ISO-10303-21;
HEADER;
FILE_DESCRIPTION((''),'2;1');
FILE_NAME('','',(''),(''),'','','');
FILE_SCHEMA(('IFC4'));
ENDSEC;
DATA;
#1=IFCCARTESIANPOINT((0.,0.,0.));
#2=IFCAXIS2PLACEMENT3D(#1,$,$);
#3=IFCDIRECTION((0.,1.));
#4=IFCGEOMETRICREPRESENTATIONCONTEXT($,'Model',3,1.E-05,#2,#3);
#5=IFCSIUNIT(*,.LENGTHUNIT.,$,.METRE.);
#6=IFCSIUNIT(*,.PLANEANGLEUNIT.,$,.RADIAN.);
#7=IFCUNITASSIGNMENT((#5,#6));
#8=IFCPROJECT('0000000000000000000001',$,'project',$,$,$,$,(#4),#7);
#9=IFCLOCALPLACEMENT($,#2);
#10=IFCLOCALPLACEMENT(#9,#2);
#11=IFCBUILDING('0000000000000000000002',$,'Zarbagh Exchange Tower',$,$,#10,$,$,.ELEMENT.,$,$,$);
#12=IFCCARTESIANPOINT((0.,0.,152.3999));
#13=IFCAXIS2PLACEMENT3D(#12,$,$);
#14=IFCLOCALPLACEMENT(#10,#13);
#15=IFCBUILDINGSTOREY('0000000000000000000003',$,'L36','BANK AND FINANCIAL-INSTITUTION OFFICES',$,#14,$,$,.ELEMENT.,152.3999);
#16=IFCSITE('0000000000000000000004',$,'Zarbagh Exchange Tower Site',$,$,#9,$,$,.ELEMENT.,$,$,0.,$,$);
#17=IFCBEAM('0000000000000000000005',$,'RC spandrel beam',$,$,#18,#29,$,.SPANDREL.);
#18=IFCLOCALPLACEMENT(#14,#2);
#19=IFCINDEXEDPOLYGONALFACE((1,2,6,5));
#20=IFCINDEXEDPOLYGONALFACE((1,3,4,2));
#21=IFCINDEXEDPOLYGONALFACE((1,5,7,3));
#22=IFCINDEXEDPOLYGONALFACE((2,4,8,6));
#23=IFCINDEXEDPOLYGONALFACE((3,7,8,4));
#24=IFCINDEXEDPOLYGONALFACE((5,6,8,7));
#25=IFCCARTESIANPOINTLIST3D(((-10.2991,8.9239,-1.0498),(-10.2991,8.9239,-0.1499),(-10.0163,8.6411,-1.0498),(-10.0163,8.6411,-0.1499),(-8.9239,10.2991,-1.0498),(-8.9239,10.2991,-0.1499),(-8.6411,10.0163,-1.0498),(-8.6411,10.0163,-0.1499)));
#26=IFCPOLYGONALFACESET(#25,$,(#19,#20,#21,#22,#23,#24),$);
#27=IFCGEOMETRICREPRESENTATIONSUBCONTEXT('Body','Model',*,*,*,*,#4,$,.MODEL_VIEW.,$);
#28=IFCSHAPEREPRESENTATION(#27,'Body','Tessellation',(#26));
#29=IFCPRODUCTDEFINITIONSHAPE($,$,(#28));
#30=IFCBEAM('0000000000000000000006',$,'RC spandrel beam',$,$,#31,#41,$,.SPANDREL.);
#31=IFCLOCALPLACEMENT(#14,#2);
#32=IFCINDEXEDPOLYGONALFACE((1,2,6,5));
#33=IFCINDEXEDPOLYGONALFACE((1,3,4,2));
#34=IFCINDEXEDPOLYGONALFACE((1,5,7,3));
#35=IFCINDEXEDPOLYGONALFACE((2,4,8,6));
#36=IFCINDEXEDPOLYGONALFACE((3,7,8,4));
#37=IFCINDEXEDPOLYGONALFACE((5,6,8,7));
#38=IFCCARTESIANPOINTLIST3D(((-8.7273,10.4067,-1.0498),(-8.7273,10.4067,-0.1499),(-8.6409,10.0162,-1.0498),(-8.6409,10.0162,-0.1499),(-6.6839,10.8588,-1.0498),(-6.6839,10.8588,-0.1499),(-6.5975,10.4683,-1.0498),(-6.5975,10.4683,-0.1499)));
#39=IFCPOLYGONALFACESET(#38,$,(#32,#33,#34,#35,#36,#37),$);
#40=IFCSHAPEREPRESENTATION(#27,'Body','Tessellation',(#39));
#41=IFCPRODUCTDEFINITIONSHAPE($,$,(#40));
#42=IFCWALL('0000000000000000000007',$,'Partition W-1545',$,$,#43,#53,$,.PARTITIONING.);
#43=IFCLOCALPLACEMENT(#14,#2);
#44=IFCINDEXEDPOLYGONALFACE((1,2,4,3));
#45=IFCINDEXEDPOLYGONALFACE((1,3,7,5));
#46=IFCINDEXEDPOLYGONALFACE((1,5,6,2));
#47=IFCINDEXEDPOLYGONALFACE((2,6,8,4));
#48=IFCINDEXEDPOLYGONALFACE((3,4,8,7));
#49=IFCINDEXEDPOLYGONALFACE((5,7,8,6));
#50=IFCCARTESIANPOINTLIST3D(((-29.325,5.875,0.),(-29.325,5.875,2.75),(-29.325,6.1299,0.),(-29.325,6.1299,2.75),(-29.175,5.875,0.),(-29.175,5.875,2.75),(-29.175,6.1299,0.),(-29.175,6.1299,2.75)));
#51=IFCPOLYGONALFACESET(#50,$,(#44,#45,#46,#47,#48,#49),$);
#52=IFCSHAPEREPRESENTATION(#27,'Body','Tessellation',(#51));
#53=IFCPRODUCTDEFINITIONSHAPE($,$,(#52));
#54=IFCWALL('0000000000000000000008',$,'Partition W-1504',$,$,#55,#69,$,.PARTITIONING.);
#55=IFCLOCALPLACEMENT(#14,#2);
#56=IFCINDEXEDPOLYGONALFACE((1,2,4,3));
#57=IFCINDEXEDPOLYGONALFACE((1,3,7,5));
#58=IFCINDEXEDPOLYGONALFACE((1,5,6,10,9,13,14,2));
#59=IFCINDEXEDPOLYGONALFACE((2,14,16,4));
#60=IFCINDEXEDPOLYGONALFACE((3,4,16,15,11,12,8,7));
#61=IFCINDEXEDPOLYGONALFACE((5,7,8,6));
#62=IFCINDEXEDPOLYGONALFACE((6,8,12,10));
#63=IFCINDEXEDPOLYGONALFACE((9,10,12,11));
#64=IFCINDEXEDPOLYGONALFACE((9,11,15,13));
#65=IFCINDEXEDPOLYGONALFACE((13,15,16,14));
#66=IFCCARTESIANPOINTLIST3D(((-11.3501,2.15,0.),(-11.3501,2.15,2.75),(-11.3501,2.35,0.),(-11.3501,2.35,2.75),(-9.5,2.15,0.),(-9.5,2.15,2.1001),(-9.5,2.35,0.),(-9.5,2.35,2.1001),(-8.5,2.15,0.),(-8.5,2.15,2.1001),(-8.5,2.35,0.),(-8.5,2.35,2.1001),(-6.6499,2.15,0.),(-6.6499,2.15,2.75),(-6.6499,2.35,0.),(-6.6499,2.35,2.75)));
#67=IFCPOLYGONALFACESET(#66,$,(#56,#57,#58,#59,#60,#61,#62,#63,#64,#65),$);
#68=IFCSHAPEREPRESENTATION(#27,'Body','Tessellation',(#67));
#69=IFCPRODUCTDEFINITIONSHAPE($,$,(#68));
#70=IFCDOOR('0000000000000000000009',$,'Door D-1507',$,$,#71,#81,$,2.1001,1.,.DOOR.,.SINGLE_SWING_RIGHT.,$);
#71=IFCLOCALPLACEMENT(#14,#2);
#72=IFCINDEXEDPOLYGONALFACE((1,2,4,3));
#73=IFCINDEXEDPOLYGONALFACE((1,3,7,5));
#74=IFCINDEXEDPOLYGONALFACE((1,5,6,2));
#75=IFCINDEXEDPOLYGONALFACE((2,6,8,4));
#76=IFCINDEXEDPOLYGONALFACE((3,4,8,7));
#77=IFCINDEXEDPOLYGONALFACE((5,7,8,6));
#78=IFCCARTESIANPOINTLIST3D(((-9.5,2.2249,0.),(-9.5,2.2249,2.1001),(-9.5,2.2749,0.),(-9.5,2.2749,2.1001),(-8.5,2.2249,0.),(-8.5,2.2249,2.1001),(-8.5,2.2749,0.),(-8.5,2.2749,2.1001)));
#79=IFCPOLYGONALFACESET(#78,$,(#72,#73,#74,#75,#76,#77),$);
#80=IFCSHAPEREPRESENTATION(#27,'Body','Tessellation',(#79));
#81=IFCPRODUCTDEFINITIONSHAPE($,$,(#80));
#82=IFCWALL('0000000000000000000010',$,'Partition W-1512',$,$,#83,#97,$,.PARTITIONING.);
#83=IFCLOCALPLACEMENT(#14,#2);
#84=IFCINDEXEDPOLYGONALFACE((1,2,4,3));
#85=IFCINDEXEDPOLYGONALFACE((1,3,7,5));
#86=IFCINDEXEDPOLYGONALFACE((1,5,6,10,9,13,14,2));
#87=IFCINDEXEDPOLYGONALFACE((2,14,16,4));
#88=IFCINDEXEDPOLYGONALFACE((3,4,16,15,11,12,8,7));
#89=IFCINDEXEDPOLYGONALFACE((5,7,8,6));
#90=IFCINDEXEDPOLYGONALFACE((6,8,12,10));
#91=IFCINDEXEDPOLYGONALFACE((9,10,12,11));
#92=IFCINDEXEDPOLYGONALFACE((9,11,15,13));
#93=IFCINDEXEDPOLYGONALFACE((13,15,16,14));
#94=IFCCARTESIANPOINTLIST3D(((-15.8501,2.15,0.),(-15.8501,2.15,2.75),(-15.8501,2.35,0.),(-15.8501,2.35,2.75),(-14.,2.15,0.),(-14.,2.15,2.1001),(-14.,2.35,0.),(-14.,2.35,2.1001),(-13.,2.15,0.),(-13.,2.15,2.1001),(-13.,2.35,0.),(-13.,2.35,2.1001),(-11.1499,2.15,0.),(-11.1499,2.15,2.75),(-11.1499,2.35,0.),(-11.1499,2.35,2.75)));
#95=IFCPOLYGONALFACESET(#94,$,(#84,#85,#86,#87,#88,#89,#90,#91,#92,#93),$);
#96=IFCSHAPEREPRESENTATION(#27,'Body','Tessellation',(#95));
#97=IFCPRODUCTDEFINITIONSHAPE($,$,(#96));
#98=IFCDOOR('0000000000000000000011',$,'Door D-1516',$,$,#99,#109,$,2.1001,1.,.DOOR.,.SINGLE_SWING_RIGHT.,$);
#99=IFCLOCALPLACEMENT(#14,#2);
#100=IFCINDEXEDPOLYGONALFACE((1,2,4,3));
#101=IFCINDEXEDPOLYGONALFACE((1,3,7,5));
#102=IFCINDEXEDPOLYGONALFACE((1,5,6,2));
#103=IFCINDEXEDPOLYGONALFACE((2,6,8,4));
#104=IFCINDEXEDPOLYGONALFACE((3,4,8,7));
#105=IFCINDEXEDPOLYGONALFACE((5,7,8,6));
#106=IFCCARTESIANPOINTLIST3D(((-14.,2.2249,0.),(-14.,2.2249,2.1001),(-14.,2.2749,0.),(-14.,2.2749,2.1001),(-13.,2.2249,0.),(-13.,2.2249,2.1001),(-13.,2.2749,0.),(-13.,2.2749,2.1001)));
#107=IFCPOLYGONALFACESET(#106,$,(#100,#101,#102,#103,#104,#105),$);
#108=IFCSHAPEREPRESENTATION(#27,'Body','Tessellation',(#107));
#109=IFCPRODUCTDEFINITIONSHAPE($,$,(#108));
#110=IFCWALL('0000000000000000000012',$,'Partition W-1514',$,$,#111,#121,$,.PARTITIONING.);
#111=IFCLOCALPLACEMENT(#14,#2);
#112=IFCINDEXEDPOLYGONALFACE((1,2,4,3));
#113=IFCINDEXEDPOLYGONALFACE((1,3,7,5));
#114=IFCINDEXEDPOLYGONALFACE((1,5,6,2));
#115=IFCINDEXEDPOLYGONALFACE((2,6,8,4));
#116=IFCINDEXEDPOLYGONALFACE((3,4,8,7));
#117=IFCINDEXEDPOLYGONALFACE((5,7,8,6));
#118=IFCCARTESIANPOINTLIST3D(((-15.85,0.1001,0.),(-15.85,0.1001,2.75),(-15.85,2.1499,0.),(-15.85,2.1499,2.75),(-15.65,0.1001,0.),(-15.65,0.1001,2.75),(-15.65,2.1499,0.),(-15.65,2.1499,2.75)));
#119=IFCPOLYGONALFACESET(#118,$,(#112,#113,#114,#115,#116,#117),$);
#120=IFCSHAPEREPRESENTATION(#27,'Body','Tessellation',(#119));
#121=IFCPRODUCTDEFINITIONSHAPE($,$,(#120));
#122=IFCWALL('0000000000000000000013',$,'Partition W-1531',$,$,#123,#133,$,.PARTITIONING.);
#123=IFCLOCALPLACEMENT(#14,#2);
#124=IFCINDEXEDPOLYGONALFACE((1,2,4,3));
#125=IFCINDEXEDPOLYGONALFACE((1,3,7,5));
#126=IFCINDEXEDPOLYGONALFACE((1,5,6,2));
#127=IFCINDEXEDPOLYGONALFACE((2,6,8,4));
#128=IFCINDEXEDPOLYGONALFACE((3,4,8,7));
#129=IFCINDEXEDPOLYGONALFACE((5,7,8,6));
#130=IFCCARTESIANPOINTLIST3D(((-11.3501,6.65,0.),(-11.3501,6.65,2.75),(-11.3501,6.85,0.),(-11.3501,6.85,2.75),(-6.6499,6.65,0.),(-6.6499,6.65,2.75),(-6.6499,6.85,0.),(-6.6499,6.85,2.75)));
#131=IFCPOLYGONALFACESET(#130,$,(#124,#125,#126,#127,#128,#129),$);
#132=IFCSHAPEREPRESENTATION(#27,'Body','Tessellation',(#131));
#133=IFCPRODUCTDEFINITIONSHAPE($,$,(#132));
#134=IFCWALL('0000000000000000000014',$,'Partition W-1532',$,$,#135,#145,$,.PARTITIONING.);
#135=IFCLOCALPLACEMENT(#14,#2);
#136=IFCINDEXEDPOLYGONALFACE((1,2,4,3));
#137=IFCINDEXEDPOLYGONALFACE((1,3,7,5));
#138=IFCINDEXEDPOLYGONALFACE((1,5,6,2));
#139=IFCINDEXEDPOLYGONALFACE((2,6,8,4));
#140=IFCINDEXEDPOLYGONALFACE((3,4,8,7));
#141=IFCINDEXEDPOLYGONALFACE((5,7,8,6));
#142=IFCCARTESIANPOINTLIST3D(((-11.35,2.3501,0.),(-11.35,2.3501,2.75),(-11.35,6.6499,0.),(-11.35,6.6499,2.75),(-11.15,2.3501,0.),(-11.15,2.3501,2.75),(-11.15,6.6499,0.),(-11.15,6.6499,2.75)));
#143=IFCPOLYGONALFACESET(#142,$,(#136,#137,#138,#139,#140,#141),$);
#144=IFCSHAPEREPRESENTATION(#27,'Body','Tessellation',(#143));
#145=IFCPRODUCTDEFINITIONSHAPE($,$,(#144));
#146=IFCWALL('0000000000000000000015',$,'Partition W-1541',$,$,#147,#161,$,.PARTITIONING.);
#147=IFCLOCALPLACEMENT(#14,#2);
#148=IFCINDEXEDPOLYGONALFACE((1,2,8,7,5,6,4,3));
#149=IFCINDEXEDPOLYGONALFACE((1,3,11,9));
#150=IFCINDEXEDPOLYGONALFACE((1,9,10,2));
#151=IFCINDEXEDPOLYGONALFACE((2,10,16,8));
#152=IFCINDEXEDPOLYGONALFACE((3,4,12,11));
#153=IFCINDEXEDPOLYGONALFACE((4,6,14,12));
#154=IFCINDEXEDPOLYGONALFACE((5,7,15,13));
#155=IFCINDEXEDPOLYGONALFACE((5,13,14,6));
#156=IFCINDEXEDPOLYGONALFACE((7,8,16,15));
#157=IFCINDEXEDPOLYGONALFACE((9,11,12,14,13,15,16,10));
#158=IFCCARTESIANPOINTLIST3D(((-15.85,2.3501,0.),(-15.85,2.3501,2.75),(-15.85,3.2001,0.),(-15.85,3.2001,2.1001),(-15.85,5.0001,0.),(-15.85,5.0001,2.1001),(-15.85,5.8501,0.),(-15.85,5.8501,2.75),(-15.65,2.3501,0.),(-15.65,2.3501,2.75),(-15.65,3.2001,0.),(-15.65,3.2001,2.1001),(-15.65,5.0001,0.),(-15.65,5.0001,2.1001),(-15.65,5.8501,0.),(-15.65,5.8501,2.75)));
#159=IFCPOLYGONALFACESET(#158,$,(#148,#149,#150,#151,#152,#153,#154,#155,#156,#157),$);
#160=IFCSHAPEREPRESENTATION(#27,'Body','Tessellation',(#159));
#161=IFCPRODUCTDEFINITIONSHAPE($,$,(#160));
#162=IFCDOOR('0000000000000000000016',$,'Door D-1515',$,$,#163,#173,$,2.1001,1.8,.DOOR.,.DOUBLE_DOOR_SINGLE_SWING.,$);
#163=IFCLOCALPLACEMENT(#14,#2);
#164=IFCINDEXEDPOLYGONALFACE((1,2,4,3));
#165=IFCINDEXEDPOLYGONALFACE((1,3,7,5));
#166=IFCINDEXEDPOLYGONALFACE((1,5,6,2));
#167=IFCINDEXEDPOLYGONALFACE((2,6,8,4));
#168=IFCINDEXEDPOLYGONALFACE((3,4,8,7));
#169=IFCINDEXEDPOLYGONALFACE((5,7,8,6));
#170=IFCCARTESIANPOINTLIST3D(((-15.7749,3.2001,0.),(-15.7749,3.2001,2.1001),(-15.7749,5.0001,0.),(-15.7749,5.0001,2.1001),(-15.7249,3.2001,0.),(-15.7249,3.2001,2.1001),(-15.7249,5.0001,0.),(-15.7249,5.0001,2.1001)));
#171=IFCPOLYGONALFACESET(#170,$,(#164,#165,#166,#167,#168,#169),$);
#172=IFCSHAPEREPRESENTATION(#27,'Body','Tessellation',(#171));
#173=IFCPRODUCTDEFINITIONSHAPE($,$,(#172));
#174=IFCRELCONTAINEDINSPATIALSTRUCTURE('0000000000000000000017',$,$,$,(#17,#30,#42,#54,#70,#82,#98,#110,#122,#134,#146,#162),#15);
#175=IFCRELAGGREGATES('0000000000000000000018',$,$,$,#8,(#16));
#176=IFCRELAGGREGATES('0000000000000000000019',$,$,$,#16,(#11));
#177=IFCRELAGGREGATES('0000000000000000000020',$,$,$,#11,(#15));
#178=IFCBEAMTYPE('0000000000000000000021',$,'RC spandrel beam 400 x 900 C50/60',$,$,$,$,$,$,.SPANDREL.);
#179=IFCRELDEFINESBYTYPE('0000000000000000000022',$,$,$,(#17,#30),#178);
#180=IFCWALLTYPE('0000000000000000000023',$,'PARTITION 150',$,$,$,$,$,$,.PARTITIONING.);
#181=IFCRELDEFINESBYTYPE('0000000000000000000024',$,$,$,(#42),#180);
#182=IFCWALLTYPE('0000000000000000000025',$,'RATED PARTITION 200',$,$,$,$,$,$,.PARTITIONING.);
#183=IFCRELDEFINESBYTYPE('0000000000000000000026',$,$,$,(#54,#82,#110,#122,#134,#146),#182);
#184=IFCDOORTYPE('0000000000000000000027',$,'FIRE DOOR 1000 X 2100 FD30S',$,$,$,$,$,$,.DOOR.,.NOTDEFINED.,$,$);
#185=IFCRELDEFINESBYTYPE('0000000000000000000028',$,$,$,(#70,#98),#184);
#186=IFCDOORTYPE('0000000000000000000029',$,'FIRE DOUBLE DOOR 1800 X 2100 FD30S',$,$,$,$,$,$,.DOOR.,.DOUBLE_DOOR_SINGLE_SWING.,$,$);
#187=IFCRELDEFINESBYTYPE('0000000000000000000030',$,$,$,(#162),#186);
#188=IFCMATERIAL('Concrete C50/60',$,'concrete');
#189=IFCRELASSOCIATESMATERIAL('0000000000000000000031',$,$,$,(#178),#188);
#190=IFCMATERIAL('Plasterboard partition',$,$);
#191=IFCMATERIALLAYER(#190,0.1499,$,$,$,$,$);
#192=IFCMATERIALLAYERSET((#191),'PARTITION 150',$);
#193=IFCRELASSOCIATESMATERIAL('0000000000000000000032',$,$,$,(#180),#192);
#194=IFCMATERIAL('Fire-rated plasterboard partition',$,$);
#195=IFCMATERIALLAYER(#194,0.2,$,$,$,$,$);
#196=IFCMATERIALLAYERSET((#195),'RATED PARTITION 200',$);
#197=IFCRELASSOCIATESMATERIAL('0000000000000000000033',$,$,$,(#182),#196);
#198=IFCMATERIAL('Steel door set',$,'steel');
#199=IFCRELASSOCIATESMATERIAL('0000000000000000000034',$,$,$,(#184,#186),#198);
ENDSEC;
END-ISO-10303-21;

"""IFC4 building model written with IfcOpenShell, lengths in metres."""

from ifc_helpers import new_model, si_unit, direction, frame, frame_2d, origin, origin_2d, place, context, subcontext, project, spatial, rectangle, extrude, material, layer, layer_set, material_profile, profile_set, type_object, element, fill, save


model = new_model("IFC4")

# Units and contexts
model_context = context("Model", 3, precision=1e-05, world=origin(), true_north=direction((0.0, 1.0)))
body_context = subcontext(model_context, "Body", "Model", "MODEL_VIEW")
ifc_project = project(units=[si_unit("LENGTHUNIT", "METRE"), si_unit("PLANEANGLEUNIT", "RADIAN")], contexts=[model_context])

# Site, building, storey
site_placement = place(None, origin())
site = spatial("IfcSite", under=ifc_project, at=site_placement, Name="Zarbagh Exchange Tower Site", CompositionType="ELEMENT", RefElevation=0.0)
building_placement = place(site_placement, origin())
building = spatial("IfcBuilding", under=site, at=building_placement, Name="Zarbagh Exchange Tower", CompositionType="ELEMENT")
storey_placement = place(building_placement, frame((0.0, 0.0, 152.3999)))
storey = spatial("IfcBuildingStorey", under=building, at=storey_placement, Name="L36", Description="BANK AND FINANCIAL-INSTITUTION OFFICES", CompositionType="ELEMENT", Elevation=152.3999)

# Shared definitions
ifc_material_1 = material(Name="Concrete C50/60", Category="concrete")

# Beams
ifc_material_profile_1 = material_profile(ifc_material_1, rectangle(XDim=0.3999, YDim=0.8999, at=origin_2d()), Name="RC spandrel beam 400 x 900 C50/60")
ifc_profile_set_1 = profile_set([ifc_material_profile_1], Name="Concrete C50/60")
beam_type_1 = type_object("IfcBeamType", Name="RC spandrel beam 400 x 900 C50/60", PredefinedType="SPANDREL", material=ifc_profile_set_1)
beam_1_placement = place(storey_placement, frame((-10.1577, 8.7825, -0.5999), z_axis=(0.707107, 0.707107, 0.0), x_axis=(-0.707107, 0.707107, 0.0)))
element("IfcBeam", 1, at=beam_1_placement, inside=storey, type_object=beam_type_1, Name="RC spandrel beam", PredefinedType="SPANDREL", context=body_context, shape_type="SweptSolid", body=[
    extrude(rectangle(XDim=0.3999, YDim=0.8999, at=origin_2d()), origin(), (0.0, 0.0, 1.0), 1.9448),
])
beam_2_placement = place(storey_placement, frame((-8.6841, 10.2114, -0.5999), z_axis=(0.976384, 0.216041, 0.0), x_axis=(-0.216041, 0.976384, 0.0)))
element("IfcBeam", 2, at=beam_2_placement, inside=storey, type_object=beam_type_1, Name="RC spandrel beam", PredefinedType="SPANDREL", context=body_context, shape_type="SweptSolid", body=[
    extrude(rectangle(XDim=0.3999, YDim=0.8999, at=origin_2d()), origin(), (0.0, 0.0, 1.0), 2.0928),
])

# Wall
ifc_material_2 = material(Name="Plasterboard partition")
ifc_layer_1 = layer(ifc_material_2, 0.1499)
ifc_layer_set_1 = layer_set([ifc_layer_1], Name="PARTITION 150")
wall_type_1 = type_object("IfcWallType", Name="PARTITION 150", PredefinedType="PARTITIONING", material=ifc_layer_set_1)
wall_1_placement = place(storey_placement, frame((-29.25, 5.875, 0.0), z_axis=(0.0, 0.0, 1.0), x_axis=(0.0, 1.0, 0.0)))
element("IfcWall", 3, at=wall_1_placement, inside=storey, type_object=wall_type_1, Name="Partition W-1545", PredefinedType="PARTITIONING", context=body_context, shape_type="SweptSolid", body=[
    extrude(rectangle(XDim=0.2549, YDim=0.1499, at=frame_2d((0.1274, 0.0))), origin(), (0.0, 0.0, 1.0), 2.75),
])

# Walls, openings, doors
ifc_material_3 = material(Name="Fire-rated plasterboard partition")
ifc_layer_2 = layer(ifc_material_3, 0.2)
ifc_layer_set_2 = layer_set([ifc_layer_2], Name="RATED PARTITION 200")
wall_type_2 = type_object("IfcWallType", Name="RATED PARTITION 200", PredefinedType="PARTITIONING", material=ifc_layer_set_2)
wall_2_placement = place(storey_placement, frame((-11.3501, 2.25, 0.0), z_axis=(0.0, 0.0, 1.0), x_axis=(1.0, 0.0, 0.0)))
wall_2 = element("IfcWall", 4, at=wall_2_placement, inside=storey, type_object=wall_type_2, Name="Partition W-1504", PredefinedType="PARTITIONING", context=body_context, shape_type="SweptSolid", body=[
    extrude(rectangle(XDim=4.7002, YDim=0.2, at=frame_2d((2.3501, 0.0))), origin(), (0.0, 0.0, 1.0), 2.75),
])
opening_1_placement = place(wall_2_placement, frame((1.8501, 0.0, 0.0)))
opening_1 = element("IfcOpeningElement", 5, at=opening_1_placement, cuts=wall_2, PredefinedType="OPENING", context=body_context, shape_type="SweptSolid", body=[
    extrude(rectangle(XDim=1.0, YDim=2.1001, at=frame_2d((0.5, 1.05))), frame((0.0, 0.1099, 0.0), z_axis=(0.0, -1.0, 0.0), x_axis=(1.0, 0.0, 0.0)), (0.0, 0.0, 1.0), 0.22),
])
ifc_material_4 = material(Name="Steel door set", Category="steel")
door_type_1 = type_object("IfcDoorType", Name="FIRE DOOR 1000 X 2100 FD30S", OperationType="NOTDEFINED", PredefinedType="DOOR", material=ifc_material_4)
door_1_placement = place(opening_1_placement, origin())
door_1 = element("IfcDoor", 6, at=door_1_placement, inside=storey, type_object=door_type_1, Name="Door D-1507", OperationType="SINGLE_SWING_RIGHT", OverallHeight=2.1001, OverallWidth=1.0, PredefinedType="DOOR", context=body_context, shape_type="SweptSolid", body=[
    extrude(rectangle(XDim=1.0, YDim=2.1001, at=frame_2d((0.5, 1.05))), frame((0.0, 0.0249, 0.0), z_axis=(0.0, -1.0, 0.0), x_axis=(1.0, 0.0, 0.0)), (0.0, 0.0, 1.0), 0.05),
])
fill(opening_1, door_1)
wall_3_placement = place(storey_placement, frame((-15.8501, 2.25, 0.0), z_axis=(0.0, 0.0, 1.0), x_axis=(1.0, 0.0, 0.0)))
wall_3 = element("IfcWall", 7, at=wall_3_placement, inside=storey, type_object=wall_type_2, Name="Partition W-1512", PredefinedType="PARTITIONING", context=body_context, shape_type="SweptSolid", body=[
    extrude(rectangle(XDim=4.7002, YDim=0.2, at=frame_2d((2.3501, 0.0))), origin(), (0.0, 0.0, 1.0), 2.75),
])
opening_2_placement = place(wall_3_placement, frame((1.8501, 0.0, 0.0)))
opening_2 = element("IfcOpeningElement", 8, at=opening_2_placement, cuts=wall_3, PredefinedType="OPENING", context=body_context, shape_type="SweptSolid", body=[
    extrude(rectangle(XDim=1.0, YDim=2.1001, at=frame_2d((0.5, 1.05))), frame((0.0, 0.1099, 0.0), z_axis=(0.0, -1.0, 0.0), x_axis=(1.0, 0.0, 0.0)), (0.0, 0.0, 1.0), 0.22),
])
door_2_placement = place(opening_2_placement, origin())
door_2 = element("IfcDoor", 9, at=door_2_placement, inside=storey, type_object=door_type_1, Name="Door D-1516", OperationType="SINGLE_SWING_RIGHT", OverallHeight=2.1001, OverallWidth=1.0, PredefinedType="DOOR", context=body_context, shape_type="SweptSolid", body=[
    extrude(rectangle(XDim=1.0, YDim=2.1001, at=frame_2d((0.5, 1.05))), frame((0.0, 0.0249, 0.0), z_axis=(0.0, -1.0, 0.0), x_axis=(1.0, 0.0, 0.0)), (0.0, 0.0, 1.0), 0.05),
])
fill(opening_2, door_2)

# Walls
wall_4_placement = place(storey_placement, frame((-15.75, 0.1001, 0.0), z_axis=(0.0, 0.0, 1.0), x_axis=(0.0, 1.0, 0.0)))
element("IfcWall", 10, at=wall_4_placement, inside=storey, type_object=wall_type_2, Name="Partition W-1514", PredefinedType="PARTITIONING", context=body_context, shape_type="SweptSolid", body=[
    extrude(rectangle(XDim=2.0498, YDim=0.2, at=frame_2d((1.0249, 0.0))), origin(), (0.0, 0.0, 1.0), 2.75),
])
wall_5_placement = place(storey_placement, frame((-11.3501, 6.75, 0.0), z_axis=(0.0, 0.0, 1.0), x_axis=(1.0, 0.0, 0.0)))
element("IfcWall", 11, at=wall_5_placement, inside=storey, type_object=wall_type_2, Name="Partition W-1531", PredefinedType="PARTITIONING", context=body_context, shape_type="SweptSolid", body=[
    extrude(rectangle(XDim=4.7002, YDim=0.2, at=frame_2d((2.3501, 0.0))), origin(), (0.0, 0.0, 1.0), 2.75),
])
wall_6_placement = place(storey_placement, frame((-11.25, 2.3501, 0.0), z_axis=(0.0, 0.0, 1.0), x_axis=(0.0, 1.0, 0.0)))
element("IfcWall", 12, at=wall_6_placement, inside=storey, type_object=wall_type_2, Name="Partition W-1532", PredefinedType="PARTITIONING", context=body_context, shape_type="SweptSolid", body=[
    extrude(rectangle(XDim=4.2998, YDim=0.2, at=frame_2d((2.1499, 0.0))), origin(), (0.0, 0.0, 1.0), 2.75),
])

# Wall, opening, door
wall_7_placement = place(storey_placement, frame((-15.75, 2.3501, 0.0), z_axis=(0.0, 0.0, 1.0), x_axis=(0.0, 1.0, 0.0)))
wall_7 = element("IfcWall", 13, at=wall_7_placement, inside=storey, type_object=wall_type_2, Name="Partition W-1541", PredefinedType="PARTITIONING", context=body_context, shape_type="SweptSolid", body=[
    extrude(rectangle(XDim=3.5, YDim=0.2, at=frame_2d((1.75, 0.0))), origin(), (0.0, 0.0, 1.0), 2.75),
])
opening_3_placement = place(wall_7_placement, frame((0.8501, 0.0, 0.0)))
opening_3 = element("IfcOpeningElement", 14, at=opening_3_placement, cuts=wall_7, PredefinedType="OPENING", context=body_context, shape_type="SweptSolid", body=[
    extrude(rectangle(XDim=1.8, YDim=2.1001, at=frame_2d((0.8999, 1.05))), frame((0.0, 0.1099, 0.0), z_axis=(0.0, -1.0, 0.0), x_axis=(1.0, 0.0, 0.0)), (0.0, 0.0, 1.0), 0.22),
])
door_type_2 = type_object("IfcDoorType", Name="FIRE DOUBLE DOOR 1800 X 2100 FD30S", OperationType="DOUBLE_DOOR_SINGLE_SWING", PredefinedType="DOOR", material=ifc_material_4)
door_3_placement = place(opening_3_placement, origin())
door_3 = element("IfcDoor", 15, at=door_3_placement, inside=storey, type_object=door_type_2, Name="Door D-1515", OperationType="DOUBLE_DOOR_SINGLE_SWING", OverallHeight=2.1001, OverallWidth=1.8, PredefinedType="DOOR", context=body_context, shape_type="SweptSolid", body=[
    extrude(rectangle(XDim=1.8, YDim=2.1001, at=frame_2d((0.8999, 1.05))), frame((0.0, 0.0249, 0.0), z_axis=(0.0, -1.0, 0.0), x_axis=(1.0, 0.0, 0.0)), (0.0, 0.0, 1.0), 0.05),
])
fill(opening_3, door_3)

save(model, "model.ifc")
